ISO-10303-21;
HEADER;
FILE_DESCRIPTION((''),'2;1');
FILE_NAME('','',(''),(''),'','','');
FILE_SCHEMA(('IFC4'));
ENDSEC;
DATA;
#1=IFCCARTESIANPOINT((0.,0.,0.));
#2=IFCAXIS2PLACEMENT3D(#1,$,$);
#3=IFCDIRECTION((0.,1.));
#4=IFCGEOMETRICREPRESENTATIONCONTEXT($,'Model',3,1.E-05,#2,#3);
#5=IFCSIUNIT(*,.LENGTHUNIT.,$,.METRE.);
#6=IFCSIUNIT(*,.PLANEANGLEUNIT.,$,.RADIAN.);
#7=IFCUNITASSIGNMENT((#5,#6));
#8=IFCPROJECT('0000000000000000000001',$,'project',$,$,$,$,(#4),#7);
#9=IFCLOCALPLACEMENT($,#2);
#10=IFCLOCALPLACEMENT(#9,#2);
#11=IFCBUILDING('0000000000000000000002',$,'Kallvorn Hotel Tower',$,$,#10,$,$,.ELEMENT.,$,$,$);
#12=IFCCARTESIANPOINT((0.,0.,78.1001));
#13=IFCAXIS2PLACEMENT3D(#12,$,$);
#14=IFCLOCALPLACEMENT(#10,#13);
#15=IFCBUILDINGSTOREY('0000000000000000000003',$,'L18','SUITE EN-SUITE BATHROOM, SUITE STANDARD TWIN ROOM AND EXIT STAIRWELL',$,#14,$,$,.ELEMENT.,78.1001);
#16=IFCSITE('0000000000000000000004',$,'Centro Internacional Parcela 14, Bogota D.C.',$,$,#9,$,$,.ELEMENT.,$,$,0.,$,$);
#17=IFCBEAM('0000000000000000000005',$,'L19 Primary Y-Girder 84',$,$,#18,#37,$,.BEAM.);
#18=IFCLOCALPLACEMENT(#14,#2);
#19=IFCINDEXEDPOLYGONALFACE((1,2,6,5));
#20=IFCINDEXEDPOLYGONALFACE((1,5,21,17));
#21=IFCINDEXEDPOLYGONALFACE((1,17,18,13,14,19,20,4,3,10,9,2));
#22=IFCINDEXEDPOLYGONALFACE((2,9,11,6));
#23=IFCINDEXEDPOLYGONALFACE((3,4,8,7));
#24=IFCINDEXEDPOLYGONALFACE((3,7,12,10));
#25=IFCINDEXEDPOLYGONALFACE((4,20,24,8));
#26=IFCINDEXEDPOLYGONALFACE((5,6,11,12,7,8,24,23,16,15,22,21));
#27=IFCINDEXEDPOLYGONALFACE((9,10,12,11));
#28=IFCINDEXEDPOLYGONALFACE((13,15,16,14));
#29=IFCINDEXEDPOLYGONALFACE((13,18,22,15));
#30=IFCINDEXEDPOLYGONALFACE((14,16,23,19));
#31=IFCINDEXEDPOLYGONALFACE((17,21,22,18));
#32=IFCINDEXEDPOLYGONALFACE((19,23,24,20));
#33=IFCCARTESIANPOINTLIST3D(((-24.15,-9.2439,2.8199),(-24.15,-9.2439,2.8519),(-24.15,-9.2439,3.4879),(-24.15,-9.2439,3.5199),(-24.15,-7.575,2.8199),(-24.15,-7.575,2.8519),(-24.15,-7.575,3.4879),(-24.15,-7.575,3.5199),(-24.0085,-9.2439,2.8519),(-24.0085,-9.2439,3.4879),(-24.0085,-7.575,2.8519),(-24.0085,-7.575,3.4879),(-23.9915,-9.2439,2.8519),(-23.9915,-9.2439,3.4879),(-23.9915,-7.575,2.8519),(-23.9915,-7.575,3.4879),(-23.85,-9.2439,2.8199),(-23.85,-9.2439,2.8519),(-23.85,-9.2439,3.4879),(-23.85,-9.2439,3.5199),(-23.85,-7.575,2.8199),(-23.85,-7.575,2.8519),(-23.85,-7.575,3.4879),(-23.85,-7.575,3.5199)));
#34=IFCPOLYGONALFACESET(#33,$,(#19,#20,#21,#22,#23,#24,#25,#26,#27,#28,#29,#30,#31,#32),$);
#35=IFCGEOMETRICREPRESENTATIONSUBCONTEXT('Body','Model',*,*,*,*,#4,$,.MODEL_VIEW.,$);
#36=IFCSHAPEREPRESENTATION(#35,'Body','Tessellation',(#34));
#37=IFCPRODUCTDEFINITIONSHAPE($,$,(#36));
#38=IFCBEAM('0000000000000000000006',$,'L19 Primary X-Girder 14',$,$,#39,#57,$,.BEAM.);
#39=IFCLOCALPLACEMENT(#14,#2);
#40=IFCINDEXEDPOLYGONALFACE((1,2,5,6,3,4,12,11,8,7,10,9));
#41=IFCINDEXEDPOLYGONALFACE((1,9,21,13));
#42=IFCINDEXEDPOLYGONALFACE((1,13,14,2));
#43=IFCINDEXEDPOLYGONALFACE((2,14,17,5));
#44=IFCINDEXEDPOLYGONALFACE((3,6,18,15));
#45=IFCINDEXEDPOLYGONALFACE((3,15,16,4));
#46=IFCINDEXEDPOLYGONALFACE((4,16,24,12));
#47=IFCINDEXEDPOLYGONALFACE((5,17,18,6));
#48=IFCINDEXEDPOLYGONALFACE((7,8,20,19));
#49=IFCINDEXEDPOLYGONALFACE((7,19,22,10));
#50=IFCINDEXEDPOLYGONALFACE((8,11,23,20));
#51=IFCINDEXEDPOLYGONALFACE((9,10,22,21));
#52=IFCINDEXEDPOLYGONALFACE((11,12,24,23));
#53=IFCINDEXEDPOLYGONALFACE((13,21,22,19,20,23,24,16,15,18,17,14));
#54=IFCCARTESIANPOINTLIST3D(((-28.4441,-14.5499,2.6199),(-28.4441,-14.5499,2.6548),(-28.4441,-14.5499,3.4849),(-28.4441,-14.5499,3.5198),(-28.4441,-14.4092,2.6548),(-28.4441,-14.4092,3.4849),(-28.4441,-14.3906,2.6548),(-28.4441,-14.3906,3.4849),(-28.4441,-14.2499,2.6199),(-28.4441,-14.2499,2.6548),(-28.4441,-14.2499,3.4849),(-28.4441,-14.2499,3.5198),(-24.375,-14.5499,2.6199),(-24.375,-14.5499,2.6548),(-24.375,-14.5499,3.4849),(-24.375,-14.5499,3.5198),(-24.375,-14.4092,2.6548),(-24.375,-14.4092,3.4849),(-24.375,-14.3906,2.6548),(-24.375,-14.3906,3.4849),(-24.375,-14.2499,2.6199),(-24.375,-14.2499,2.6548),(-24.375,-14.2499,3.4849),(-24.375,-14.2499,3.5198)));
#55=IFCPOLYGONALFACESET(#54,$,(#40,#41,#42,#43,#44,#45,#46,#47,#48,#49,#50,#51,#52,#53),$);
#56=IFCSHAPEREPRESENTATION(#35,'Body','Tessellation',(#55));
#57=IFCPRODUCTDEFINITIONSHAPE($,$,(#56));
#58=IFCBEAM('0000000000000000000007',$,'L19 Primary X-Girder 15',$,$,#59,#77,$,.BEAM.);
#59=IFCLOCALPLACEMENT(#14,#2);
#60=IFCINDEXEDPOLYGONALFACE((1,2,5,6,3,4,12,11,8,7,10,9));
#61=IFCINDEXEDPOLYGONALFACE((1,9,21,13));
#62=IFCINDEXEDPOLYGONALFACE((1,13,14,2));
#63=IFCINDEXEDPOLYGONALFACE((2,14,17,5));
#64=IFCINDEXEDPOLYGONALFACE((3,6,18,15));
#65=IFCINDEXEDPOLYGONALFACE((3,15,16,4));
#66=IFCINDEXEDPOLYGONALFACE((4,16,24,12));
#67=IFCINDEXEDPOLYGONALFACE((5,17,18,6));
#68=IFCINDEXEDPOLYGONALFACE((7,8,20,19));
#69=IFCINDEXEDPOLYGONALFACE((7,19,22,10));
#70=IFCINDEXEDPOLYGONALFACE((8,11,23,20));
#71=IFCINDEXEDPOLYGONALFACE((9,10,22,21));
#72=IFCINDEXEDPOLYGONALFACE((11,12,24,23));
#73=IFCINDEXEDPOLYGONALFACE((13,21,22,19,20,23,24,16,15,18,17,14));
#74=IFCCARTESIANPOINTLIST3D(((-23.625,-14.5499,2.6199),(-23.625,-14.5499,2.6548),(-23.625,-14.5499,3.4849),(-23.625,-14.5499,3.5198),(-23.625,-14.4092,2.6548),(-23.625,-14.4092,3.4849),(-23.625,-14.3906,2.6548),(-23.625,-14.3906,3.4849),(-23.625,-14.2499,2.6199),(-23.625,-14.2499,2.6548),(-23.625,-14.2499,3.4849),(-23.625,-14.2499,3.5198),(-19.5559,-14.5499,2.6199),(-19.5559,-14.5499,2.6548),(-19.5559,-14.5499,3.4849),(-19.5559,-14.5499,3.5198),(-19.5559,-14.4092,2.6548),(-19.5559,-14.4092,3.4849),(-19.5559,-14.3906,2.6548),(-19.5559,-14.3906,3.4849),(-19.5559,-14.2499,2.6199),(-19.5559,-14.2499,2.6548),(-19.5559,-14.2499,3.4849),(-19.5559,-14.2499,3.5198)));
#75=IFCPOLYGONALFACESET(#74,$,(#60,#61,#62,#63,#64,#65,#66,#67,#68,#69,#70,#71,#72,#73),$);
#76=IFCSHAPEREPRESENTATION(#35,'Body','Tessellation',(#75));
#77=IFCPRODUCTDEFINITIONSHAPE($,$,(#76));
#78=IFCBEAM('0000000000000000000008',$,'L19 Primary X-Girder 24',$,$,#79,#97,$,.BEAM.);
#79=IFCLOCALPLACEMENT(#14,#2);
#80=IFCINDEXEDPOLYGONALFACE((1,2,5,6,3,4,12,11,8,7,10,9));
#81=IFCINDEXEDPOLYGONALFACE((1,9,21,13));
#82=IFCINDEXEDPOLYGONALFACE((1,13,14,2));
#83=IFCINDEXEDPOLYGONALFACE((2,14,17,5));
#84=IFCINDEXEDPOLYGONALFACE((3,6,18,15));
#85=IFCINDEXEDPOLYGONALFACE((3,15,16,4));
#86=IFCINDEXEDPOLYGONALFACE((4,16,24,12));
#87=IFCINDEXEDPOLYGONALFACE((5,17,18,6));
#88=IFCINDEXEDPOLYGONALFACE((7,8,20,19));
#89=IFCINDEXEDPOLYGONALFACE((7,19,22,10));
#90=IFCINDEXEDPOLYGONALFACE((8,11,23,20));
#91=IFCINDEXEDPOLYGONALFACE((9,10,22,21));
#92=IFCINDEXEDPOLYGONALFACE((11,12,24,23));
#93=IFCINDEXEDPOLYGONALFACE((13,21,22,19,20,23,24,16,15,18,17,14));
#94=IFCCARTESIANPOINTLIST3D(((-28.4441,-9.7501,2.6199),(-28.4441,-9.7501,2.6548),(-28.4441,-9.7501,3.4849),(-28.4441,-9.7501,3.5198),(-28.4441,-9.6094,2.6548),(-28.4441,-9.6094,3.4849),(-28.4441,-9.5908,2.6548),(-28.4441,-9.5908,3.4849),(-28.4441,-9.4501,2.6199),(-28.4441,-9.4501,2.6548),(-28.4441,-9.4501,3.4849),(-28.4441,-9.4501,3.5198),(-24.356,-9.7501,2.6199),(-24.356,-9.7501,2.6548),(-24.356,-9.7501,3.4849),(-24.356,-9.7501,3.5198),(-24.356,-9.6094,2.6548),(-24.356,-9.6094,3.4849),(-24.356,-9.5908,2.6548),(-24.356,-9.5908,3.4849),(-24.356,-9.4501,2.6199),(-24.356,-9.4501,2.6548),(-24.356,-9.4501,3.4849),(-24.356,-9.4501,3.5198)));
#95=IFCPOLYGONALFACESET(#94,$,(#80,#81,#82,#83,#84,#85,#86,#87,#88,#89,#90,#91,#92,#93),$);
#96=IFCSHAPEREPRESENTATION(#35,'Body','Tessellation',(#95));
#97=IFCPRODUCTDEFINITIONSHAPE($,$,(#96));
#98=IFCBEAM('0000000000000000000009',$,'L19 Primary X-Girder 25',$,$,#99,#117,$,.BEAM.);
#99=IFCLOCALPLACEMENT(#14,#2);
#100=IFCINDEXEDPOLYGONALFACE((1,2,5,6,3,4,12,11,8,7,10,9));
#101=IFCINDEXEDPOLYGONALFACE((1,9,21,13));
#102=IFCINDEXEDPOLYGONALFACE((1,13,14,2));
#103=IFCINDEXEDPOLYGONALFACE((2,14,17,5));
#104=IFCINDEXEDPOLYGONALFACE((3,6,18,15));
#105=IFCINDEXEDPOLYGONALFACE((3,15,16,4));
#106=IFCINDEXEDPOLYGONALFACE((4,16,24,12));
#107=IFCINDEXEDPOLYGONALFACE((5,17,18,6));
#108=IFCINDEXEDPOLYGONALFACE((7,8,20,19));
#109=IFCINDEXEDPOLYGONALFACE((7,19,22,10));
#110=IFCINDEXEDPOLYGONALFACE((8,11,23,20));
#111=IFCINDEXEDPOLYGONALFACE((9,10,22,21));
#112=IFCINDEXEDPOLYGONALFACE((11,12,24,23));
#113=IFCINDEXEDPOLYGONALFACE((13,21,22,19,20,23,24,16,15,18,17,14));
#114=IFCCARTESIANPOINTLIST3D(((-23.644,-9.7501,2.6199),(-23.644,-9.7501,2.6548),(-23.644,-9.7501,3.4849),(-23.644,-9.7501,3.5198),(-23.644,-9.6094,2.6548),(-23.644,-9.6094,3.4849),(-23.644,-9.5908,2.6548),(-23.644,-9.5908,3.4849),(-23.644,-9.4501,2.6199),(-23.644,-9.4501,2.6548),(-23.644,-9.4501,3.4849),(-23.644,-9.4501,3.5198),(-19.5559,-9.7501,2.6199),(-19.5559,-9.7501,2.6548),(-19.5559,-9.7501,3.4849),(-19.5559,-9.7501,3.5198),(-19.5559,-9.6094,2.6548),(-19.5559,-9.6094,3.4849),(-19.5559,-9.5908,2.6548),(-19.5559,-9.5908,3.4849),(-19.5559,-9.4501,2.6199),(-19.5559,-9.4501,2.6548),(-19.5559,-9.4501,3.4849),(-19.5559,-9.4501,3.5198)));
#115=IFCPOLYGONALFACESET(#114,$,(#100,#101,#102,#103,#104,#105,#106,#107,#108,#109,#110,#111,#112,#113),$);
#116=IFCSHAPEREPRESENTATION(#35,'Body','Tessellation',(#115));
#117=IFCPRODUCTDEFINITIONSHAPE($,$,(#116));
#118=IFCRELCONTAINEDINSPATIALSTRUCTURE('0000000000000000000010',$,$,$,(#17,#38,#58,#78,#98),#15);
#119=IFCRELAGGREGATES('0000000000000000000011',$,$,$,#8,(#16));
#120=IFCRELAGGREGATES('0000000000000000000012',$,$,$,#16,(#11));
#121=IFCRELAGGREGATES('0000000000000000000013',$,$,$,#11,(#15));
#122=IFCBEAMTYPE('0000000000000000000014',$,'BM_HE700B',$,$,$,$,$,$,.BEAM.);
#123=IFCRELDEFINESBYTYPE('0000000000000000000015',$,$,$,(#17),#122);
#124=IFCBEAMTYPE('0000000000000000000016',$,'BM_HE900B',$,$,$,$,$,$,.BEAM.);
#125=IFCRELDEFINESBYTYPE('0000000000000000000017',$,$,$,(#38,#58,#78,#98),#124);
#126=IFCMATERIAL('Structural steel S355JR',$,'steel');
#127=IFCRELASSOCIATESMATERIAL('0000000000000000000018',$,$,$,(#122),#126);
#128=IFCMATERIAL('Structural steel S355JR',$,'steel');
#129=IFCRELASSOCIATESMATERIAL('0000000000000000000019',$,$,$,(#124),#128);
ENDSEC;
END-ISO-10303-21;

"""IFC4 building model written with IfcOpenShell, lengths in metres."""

from ifc_helpers import new_model, si_unit, direction, frame, origin, origin_2d, place, context, subcontext, project, spatial, i_section, extrude, material, material_profile, profile_set, type_object, element, save


model = new_model("IFC4")

# Units and contexts
model_context = context("Model", 3, precision=1e-05, world=origin(), true_north=direction((0.0, 1.0)))
body_context = subcontext(model_context, "Body", "Model", "MODEL_VIEW")
ifc_project = project(units=[si_unit("LENGTHUNIT", "METRE"), si_unit("PLANEANGLEUNIT", "RADIAN")], contexts=[model_context])

# Site, building, storey
site_placement = place(None, origin())
site = spatial("IfcSite", under=ifc_project, at=site_placement, Name="Centro Internacional Parcela 14, Bogota D.C.", CompositionType="ELEMENT", RefElevation=0.0)
building_placement = place(site_placement, origin())
building = spatial("IfcBuilding", under=site, at=building_placement, Name="Kallvorn Hotel Tower", CompositionType="ELEMENT")
storey_placement = place(building_placement, frame((0.0, 0.0, 78.1001)))
storey = spatial("IfcBuildingStorey", under=building, at=storey_placement, Name="L18", Description="SUITE EN-SUITE BATHROOM, SUITE STANDARD TWIN ROOM AND EXIT STAIRWELL", CompositionType="ELEMENT", Elevation=78.1001)

# Beams
ifc_material_1 = material(Name="Structural steel S355JR", Category="steel")
ifc_material_profile_1 = material_profile(ifc_material_1, i_section(OverallWidth=0.3, OverallDepth=0.7, WebThickness=0.0171, FlangeThickness=0.032, at=origin_2d()), Name="HE 700 B")
ifc_profile_set_1 = profile_set([ifc_material_profile_1], Name="Structural steel S355JR")
beam_type_1 = type_object("IfcBeamType", Name="BM_HE700B", PredefinedType="BEAM", material=ifc_profile_set_1)
beam_1_placement = place(storey_placement, frame((-24.0, -9.2439, 3.1699), z_axis=(0.0, 1.0, 0.0), x_axis=(-1.0, 0.0, 0.0)))
element("IfcBeam", 1, at=beam_1_placement, inside=storey, type_object=beam_type_1, Name="L19 Primary Y-Girder 84", PredefinedType="BEAM", context=body_context, shape_type="SweptSolid", body=[
    extrude(i_section(OverallWidth=0.3, OverallDepth=0.7, WebThickness=0.0171, FlangeThickness=0.032, at=origin_2d()), origin(), (0.0, 0.0, 1.0), 1.6689),
])
ifc_material_2 = material(Name="Structural steel S355JR", Category="steel")
ifc_material_profile_2 = material_profile(ifc_material_2, i_section(OverallWidth=0.3, OverallDepth=0.8999, WebThickness=0.0186, FlangeThickness=0.0349, at=origin_2d()), Name="HE 900 B")
ifc_profile_set_2 = profile_set([ifc_material_profile_2], Name="Structural steel S355JR")
beam_type_2 = type_object("IfcBeamType", Name="BM_HE900B", PredefinedType="BEAM", material=ifc_profile_set_2)
for number, where, z_axis, x_axis, name in (
    (2, (-28.4441, -14.3999, 3.0698), (1.0, 0.0, 0.0), (0.0, 1.0, 0.0), "L19 Primary X-Girder 14"),
    (3, (-23.625, -14.3999, 3.0698), (1.0, 0.0, 0.0), (0.0, 1.0, 0.0), "L19 Primary X-Girder 15"),
):
    element("IfcBeam", number, at=place(storey_placement, frame(where, z_axis=z_axis, x_axis=x_axis)), inside=storey, type_object=beam_type_2, Name=name, PredefinedType="BEAM", context=body_context, shape_type="SweptSolid", body=[
        extrude(i_section(OverallWidth=0.3, OverallDepth=0.8999, WebThickness=0.0186, FlangeThickness=0.0349, at=origin_2d()), origin(), (0.0, 0.0, 1.0), 4.0691),
    ])
for number, where, z_axis, x_axis, name in (
    (4, (-28.4441, -9.6001, 3.0698), (1.0, 0.0, 0.0), (0.0, 1.0, 0.0), "L19 Primary X-Girder 24"),
    (5, (-23.644, -9.6001, 3.0698), (1.0, 0.0, 0.0), (0.0, 1.0, 0.0), "L19 Primary X-Girder 25"),
):
    element("IfcBeam", number, at=place(storey_placement, frame(where, z_axis=z_axis, x_axis=x_axis)), inside=storey, type_object=beam_type_2, Name=name, PredefinedType="BEAM", context=body_context, shape_type="SweptSolid", body=[
        extrude(i_section(OverallWidth=0.3, OverallDepth=0.8999, WebThickness=0.0186, FlangeThickness=0.0349, at=origin_2d()), origin(), (0.0, 0.0, 1.0), 4.0881),
    ])

save(model, "model.ifc")
